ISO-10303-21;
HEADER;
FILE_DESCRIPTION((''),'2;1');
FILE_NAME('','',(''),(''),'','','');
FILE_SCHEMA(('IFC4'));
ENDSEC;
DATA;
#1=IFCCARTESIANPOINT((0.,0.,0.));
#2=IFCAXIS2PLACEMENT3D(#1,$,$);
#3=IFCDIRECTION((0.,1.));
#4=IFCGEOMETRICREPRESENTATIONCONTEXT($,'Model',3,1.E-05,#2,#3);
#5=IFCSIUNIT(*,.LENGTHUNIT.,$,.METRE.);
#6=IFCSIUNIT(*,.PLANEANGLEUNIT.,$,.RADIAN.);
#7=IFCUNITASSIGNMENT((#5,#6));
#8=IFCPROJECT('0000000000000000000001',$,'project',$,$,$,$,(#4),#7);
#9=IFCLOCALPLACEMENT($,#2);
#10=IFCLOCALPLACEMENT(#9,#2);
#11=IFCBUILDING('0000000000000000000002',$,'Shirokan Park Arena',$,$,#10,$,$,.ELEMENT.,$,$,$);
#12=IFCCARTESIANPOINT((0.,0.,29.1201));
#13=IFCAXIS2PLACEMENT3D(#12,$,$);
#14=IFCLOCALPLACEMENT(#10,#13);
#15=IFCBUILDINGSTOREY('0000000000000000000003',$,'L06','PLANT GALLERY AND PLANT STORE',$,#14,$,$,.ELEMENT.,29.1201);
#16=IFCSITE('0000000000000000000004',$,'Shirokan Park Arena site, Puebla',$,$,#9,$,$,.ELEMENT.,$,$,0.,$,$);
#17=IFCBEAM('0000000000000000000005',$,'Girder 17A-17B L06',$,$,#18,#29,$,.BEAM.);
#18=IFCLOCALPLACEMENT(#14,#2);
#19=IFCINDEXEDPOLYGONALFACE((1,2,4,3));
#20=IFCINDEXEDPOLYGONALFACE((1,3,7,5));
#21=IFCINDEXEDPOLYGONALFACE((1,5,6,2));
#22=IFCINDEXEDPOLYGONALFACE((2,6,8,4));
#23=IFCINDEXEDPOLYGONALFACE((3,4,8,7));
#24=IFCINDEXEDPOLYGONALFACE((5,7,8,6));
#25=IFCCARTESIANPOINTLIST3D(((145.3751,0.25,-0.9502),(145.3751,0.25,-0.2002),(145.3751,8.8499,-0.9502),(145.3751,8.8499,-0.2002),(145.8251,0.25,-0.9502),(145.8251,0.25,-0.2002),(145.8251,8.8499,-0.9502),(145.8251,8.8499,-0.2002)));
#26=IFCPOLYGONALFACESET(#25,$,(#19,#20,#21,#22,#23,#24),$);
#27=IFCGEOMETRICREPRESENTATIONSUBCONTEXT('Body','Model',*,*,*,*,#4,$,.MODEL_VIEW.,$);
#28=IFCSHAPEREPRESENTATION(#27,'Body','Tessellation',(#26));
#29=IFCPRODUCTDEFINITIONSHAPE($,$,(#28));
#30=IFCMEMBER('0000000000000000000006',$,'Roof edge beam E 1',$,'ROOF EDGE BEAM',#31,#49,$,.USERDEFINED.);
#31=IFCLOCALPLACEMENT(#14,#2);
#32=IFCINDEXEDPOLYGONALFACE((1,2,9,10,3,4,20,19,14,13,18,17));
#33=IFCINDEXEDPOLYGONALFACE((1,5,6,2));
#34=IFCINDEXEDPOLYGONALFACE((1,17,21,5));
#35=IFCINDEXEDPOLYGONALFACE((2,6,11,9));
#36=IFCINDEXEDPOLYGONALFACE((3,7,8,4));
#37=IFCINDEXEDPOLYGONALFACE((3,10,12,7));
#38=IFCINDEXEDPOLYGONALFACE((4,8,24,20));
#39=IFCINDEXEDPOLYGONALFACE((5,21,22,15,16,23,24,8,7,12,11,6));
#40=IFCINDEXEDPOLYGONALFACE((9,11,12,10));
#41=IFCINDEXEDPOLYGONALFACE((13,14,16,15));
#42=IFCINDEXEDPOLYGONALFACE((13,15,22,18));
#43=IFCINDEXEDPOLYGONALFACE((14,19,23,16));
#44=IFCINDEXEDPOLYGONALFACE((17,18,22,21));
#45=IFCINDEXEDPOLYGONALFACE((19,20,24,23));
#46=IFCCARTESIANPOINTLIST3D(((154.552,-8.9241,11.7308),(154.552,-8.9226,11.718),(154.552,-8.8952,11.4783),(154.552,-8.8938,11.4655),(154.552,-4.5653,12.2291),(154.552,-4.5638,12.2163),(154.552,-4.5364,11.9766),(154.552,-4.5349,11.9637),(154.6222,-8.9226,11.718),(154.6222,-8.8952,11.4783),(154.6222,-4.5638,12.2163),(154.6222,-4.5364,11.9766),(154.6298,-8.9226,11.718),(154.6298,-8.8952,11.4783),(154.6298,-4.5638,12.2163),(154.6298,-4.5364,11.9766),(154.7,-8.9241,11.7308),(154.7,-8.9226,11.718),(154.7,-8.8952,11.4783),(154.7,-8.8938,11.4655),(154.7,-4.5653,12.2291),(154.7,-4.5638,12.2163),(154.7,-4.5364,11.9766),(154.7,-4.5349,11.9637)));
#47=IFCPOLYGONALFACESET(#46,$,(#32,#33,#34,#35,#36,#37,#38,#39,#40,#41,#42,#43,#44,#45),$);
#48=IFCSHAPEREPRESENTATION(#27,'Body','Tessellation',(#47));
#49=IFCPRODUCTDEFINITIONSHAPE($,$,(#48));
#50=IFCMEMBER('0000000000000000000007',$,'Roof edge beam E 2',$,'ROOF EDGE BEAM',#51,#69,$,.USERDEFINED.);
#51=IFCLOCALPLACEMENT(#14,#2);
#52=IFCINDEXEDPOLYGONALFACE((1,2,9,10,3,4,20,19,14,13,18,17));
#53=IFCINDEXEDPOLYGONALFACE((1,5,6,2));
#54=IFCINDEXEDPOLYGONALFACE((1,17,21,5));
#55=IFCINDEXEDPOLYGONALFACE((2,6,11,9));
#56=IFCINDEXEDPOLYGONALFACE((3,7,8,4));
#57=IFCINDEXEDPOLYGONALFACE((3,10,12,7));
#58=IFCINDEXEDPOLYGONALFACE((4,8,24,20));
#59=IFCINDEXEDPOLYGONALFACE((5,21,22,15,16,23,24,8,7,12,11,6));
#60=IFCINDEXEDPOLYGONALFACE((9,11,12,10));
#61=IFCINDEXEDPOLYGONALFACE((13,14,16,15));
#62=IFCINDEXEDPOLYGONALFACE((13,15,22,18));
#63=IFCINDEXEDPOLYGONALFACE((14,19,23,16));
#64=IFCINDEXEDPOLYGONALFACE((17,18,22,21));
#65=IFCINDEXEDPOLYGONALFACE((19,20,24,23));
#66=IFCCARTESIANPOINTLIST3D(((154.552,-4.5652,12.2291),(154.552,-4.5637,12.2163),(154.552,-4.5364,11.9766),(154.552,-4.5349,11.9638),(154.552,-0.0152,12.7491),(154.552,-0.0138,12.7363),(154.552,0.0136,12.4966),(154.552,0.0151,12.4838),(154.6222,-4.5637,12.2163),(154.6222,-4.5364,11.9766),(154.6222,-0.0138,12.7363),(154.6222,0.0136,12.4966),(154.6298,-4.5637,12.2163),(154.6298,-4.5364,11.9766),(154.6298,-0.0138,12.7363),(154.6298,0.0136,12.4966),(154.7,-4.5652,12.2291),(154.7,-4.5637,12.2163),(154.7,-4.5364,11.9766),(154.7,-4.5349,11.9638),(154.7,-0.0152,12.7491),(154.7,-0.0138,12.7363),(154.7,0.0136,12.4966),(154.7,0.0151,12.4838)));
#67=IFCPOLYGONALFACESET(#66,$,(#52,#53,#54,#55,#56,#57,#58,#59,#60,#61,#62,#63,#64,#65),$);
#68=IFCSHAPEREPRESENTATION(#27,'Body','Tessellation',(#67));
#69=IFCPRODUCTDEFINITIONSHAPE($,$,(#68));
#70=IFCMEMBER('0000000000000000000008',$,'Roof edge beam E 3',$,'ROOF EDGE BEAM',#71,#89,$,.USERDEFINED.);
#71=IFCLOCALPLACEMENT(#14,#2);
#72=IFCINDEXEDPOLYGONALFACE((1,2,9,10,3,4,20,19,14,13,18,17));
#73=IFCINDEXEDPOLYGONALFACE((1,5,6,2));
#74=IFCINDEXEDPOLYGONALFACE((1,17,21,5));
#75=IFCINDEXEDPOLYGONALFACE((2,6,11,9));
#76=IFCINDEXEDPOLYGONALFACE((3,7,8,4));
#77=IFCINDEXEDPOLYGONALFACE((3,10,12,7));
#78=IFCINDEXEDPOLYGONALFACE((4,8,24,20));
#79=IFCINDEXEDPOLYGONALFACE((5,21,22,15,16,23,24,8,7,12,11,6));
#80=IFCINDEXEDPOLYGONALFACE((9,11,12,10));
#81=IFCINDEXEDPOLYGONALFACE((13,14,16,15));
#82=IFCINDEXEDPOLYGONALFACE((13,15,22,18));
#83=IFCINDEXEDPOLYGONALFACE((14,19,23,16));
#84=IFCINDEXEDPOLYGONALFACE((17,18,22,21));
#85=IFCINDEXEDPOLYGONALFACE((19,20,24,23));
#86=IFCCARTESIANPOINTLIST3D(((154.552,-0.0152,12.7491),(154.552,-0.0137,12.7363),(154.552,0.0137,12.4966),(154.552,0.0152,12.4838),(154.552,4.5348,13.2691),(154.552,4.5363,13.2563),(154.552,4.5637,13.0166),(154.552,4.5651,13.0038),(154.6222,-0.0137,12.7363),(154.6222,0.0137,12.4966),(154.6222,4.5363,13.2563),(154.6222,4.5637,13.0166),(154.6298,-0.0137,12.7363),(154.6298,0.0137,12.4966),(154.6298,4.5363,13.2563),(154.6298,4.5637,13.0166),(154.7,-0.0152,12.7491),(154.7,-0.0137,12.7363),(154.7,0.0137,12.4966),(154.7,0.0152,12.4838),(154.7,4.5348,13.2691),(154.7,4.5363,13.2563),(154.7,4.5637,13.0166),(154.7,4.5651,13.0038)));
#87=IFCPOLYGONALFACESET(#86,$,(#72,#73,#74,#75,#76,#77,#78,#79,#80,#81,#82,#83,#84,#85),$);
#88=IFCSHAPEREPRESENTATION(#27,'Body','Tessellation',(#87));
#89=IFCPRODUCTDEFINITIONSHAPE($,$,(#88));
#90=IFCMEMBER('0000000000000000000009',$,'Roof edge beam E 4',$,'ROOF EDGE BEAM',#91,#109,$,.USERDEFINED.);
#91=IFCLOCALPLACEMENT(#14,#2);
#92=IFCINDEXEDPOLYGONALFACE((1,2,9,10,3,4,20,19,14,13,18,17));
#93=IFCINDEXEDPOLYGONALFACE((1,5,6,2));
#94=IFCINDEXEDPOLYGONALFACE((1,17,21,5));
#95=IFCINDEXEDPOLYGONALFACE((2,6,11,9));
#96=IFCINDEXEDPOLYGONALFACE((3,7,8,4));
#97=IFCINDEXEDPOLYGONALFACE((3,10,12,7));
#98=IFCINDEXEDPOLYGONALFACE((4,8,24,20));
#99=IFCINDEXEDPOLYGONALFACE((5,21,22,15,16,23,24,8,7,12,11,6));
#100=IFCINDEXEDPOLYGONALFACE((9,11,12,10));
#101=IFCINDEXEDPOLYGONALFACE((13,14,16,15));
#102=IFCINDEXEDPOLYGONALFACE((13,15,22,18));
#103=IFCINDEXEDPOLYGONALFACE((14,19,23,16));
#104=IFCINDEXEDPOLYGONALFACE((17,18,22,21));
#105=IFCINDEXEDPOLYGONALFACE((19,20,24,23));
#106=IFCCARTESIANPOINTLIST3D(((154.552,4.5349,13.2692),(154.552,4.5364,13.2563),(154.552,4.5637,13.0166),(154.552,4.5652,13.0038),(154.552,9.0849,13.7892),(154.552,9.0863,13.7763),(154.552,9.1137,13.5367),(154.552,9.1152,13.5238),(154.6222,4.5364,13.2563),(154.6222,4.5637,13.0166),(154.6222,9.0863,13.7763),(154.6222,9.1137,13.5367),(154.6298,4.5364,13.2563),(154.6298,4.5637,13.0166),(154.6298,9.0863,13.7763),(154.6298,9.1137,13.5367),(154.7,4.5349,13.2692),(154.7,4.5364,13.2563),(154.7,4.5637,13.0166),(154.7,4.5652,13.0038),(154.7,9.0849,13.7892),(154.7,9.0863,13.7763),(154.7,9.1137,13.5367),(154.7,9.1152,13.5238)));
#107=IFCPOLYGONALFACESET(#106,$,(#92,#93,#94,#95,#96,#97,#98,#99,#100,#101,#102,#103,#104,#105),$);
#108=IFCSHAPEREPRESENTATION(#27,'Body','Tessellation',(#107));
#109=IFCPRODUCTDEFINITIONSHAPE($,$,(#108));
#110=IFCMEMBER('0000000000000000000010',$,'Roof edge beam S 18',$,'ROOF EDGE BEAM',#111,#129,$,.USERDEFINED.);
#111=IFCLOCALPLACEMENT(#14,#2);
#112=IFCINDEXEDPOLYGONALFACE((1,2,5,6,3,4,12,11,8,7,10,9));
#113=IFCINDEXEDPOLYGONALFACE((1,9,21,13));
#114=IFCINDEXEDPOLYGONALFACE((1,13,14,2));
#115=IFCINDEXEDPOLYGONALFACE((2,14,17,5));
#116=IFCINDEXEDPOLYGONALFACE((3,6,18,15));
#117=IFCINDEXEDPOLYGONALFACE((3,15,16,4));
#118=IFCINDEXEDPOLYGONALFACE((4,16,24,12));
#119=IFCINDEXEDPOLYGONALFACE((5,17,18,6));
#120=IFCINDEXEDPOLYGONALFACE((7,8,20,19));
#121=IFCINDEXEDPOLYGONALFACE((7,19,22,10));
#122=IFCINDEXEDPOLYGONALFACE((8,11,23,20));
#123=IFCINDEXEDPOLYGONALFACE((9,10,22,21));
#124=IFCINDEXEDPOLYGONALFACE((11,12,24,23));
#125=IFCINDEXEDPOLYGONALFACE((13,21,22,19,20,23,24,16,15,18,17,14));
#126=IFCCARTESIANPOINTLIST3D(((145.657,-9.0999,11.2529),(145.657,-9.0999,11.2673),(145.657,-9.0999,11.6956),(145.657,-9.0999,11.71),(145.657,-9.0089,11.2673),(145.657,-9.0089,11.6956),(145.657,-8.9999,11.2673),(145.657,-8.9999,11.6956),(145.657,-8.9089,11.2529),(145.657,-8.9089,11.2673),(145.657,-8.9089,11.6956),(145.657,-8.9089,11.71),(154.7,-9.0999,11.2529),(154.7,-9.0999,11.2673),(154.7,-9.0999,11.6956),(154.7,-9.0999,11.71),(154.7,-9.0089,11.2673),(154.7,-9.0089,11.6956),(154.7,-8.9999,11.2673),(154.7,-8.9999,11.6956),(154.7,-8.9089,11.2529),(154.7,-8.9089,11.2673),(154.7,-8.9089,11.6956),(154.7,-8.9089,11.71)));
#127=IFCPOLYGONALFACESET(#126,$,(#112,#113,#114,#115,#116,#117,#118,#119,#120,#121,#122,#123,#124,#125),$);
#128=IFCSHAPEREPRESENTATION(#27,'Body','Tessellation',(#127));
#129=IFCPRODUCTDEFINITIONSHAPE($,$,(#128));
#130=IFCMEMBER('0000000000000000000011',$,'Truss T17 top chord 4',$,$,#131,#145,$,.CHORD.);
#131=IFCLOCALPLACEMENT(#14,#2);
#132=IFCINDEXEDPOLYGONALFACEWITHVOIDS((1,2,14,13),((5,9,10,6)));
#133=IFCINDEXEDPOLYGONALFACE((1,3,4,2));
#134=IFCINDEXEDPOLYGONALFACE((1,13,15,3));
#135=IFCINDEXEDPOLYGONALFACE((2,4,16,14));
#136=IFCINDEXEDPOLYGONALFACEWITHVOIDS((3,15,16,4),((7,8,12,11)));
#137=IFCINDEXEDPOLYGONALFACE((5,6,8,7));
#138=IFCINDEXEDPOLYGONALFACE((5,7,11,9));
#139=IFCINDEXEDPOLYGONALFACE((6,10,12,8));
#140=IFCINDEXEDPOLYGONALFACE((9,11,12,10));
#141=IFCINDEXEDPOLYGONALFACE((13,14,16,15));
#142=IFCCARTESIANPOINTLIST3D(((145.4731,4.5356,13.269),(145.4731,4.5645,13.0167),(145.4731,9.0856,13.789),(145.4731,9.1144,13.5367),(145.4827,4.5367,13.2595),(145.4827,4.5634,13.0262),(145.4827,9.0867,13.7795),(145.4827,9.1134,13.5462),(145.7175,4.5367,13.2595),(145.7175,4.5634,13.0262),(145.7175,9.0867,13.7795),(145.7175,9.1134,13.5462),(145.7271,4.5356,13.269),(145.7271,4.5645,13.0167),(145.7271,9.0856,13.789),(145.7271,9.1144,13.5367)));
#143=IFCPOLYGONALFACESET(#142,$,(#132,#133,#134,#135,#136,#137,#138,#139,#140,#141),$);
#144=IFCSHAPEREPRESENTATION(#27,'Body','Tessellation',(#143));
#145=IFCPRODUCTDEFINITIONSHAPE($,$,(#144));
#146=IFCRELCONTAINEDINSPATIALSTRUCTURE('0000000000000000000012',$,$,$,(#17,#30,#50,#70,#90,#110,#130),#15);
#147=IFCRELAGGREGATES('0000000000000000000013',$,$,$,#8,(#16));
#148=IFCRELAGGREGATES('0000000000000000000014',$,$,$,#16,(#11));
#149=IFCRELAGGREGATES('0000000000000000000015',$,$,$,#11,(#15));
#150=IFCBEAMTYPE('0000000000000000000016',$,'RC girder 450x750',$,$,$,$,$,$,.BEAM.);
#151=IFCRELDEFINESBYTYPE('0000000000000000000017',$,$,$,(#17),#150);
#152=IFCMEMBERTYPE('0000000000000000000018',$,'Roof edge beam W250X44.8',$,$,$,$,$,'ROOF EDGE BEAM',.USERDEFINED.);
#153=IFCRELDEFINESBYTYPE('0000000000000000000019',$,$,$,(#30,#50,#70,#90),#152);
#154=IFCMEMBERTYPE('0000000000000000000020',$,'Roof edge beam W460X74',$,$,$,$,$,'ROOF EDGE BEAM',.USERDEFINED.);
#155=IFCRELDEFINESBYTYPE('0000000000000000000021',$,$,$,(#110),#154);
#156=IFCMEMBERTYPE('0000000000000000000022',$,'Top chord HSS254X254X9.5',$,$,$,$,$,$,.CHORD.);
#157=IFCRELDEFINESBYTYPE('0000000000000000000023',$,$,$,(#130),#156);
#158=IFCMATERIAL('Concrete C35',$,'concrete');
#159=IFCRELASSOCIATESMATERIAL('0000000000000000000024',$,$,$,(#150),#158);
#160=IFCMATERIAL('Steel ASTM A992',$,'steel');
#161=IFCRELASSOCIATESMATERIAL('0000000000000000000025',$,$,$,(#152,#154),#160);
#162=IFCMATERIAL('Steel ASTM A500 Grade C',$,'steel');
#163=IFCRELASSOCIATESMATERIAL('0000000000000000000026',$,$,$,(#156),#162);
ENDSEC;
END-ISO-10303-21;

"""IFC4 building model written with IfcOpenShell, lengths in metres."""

from ifc_helpers import new_model, si_unit, direction, frame, origin, origin_2d, place, context, subcontext, project, spatial, rectangle, hollow_rectangle, i_section, extrude, material, material_profile, profile_set, type_object, element, save


model = new_model("IFC4")

# Units and contexts
model_context = context("Model", 3, precision=1e-05, world=origin(), true_north=direction((0.0, 1.0)))
body_context = subcontext(model_context, "Body", "Model", "MODEL_VIEW")
ifc_project = project(units=[si_unit("LENGTHUNIT", "METRE"), si_unit("PLANEANGLEUNIT", "RADIAN")], contexts=[model_context])

# Site, building, storey
site_placement = place(None, origin())
site = spatial("IfcSite", under=ifc_project, at=site_placement, Name="Shirokan Park Arena site, Puebla", CompositionType="ELEMENT", RefElevation=0.0)
building_placement = place(site_placement, origin())
building = spatial("IfcBuilding", under=site, at=building_placement, Name="Shirokan Park Arena", CompositionType="ELEMENT")
storey_placement = place(building_placement, frame((0.0, 0.0, 29.1201)))
storey = spatial("IfcBuildingStorey", under=building, at=storey_placement, Name="L06", Description="PLANT GALLERY AND PLANT STORE", CompositionType="ELEMENT", Elevation=29.1201)

# Shared definitions
ifc_material_1 = material(Name="Steel ASTM A500 Grade C", Category="steel")
ifc_material_2 = material(Name="Steel ASTM A992", Category="steel")

# Beam
ifc_material_3 = material(Name="Concrete C35", Category="concrete")
ifc_material_profile_1 = material_profile(ifc_material_3, rectangle(XDim=0.45, YDim=0.75, at=origin_2d()), Name="450x750")
ifc_profile_set_1 = profile_set([ifc_material_profile_1], Name="Concrete C35")
beam_type = type_object("IfcBeamType", Name="RC girder 450x750", PredefinedType="BEAM", material=ifc_profile_set_1)
beam_placement = place(storey_placement, frame((145.6001, 0.25, -0.5752), z_axis=(0.0, 1.0, 0.0), x_axis=(-1.0, 0.0, 0.0)))
element("IfcBeam", 1, at=beam_placement, inside=storey, type_object=beam_type, Name="Girder 17A-17B L06", PredefinedType="BEAM", context=body_context, shape_type="SweptSolid", body=[
    extrude(rectangle(XDim=0.45, YDim=0.75, at=origin_2d()), origin(), (0.0, 0.0, 1.0), 8.5999),
])

# Members
ifc_material_profile_2 = material_profile(ifc_material_2, i_section(OverallWidth=0.1479, OverallDepth=0.2671, WebThickness=0.0076, FlangeThickness=0.0129, at=origin_2d()), Name="W250X44.8")
ifc_profile_set_2 = profile_set([ifc_material_profile_2], Name="Steel ASTM A992")
member_type_1 = type_object("IfcMemberType", Name="Roof edge beam W250X44.8", ElementType="ROOF EDGE BEAM", PredefinedType="USERDEFINED", material=ifc_profile_set_2)
member_1_placement = place(storey_placement, frame((154.626, -8.9089, 11.5981), z_axis=(0.0, 0.993529, 0.113576), x_axis=(-1.0, 0.0, 0.0)))
element("IfcMember", 2, at=member_1_placement, inside=storey, type_object=member_type_1, Name="Roof edge beam E 1", ObjectType="ROOF EDGE BEAM", PredefinedType="USERDEFINED", context=body_context, shape_type="SweptSolid", body=[
    extrude(i_section(OverallWidth=0.1479, OverallDepth=0.2671, WebThickness=0.0076, FlangeThickness=0.0129, at=origin_2d()), origin(), (0.0, 0.0, 1.0), 4.3872),
])
for number, where, z_axis, x_axis, name in (
    (3, (154.626, -4.55, 12.0964), (0.0, 0.993532, 0.11355), (-1.0, 0.0, 0.0), "Roof edge beam E 2"),
    (4, (154.626, 0.0, 12.6165), (0.0, 0.993532, 0.11355), (-1.0, 0.0, 0.0), "Roof edge beam E 3"),
    (5, (154.626, 4.55, 13.1365), (0.0, 0.993532, 0.11355), (-1.0, 0.0, 0.0), "Roof edge beam E 4"),
):
    element("IfcMember", number, at=place(storey_placement, frame(where, z_axis=z_axis, x_axis=x_axis)), inside=storey, type_object=member_type_1, Name=name, ObjectType="ROOF EDGE BEAM", PredefinedType="USERDEFINED", context=body_context, shape_type="SweptSolid", body=[
        extrude(i_section(OverallWidth=0.1479, OverallDepth=0.2671, WebThickness=0.0076, FlangeThickness=0.0129, at=origin_2d()), origin(), (0.0, 0.0, 1.0), 4.5796),
    ])
ifc_material_profile_3 = material_profile(ifc_material_2, i_section(OverallWidth=0.1909, OverallDepth=0.457, WebThickness=0.009, FlangeThickness=0.0144, at=origin_2d()), Name="W460X74")
ifc_profile_set_3 = profile_set([ifc_material_profile_3], Name="Steel ASTM A992")
member_type_2 = type_object("IfcMemberType", Name="Roof edge beam W460X74", ElementType="ROOF EDGE BEAM", PredefinedType="USERDEFINED", material=ifc_profile_set_3)
member_2_placement = place(storey_placement, frame((145.657, -9.0044, 11.4814), z_axis=(1.0, 0.0, 0.0), x_axis=(0.0, 1.0, 0.0)))
element("IfcMember", 6, at=member_2_placement, inside=storey, type_object=member_type_2, Name="Roof edge beam S 18", ObjectType="ROOF EDGE BEAM", PredefinedType="USERDEFINED", context=body_context, shape_type="SweptSolid", body=[
    extrude(i_section(OverallWidth=0.1909, OverallDepth=0.457, WebThickness=0.009, FlangeThickness=0.0144, at=origin_2d()), origin(), (0.0, 0.0, 1.0), 9.043),
])
ifc_material_profile_4 = material_profile(ifc_material_1, hollow_rectangle(XDim=0.2539, YDim=0.2539, WallThickness=0.0095, at=origin_2d()), Name="HSS254X254X9.5")
ifc_profile_set_4 = profile_set([ifc_material_profile_4], Name="Steel ASTM A500 Grade C")
member_type_3 = type_object("IfcMemberType", Name="Top chord HSS254X254X9.5", PredefinedType="CHORD", material=ifc_profile_set_4)
member_3_placement = place(storey_placement, frame((145.6001, 4.55, 13.1428), z_axis=(0.0, 0.993532, 0.11355), x_axis=(-1.0, 0.0, 0.0)))
element("IfcMember", 7, at=member_3_placement, inside=storey, type_object=member_type_3, Name="Truss T17 top chord 4", PredefinedType="CHORD", context=body_context, shape_type="SweptSolid", body=[
    extrude(hollow_rectangle(XDim=0.2539, YDim=0.2539, WallThickness=0.0095, at=origin_2d()), origin(), (0.0, 0.0, 1.0), 4.5796),
])

save(model, "model.ifc")
